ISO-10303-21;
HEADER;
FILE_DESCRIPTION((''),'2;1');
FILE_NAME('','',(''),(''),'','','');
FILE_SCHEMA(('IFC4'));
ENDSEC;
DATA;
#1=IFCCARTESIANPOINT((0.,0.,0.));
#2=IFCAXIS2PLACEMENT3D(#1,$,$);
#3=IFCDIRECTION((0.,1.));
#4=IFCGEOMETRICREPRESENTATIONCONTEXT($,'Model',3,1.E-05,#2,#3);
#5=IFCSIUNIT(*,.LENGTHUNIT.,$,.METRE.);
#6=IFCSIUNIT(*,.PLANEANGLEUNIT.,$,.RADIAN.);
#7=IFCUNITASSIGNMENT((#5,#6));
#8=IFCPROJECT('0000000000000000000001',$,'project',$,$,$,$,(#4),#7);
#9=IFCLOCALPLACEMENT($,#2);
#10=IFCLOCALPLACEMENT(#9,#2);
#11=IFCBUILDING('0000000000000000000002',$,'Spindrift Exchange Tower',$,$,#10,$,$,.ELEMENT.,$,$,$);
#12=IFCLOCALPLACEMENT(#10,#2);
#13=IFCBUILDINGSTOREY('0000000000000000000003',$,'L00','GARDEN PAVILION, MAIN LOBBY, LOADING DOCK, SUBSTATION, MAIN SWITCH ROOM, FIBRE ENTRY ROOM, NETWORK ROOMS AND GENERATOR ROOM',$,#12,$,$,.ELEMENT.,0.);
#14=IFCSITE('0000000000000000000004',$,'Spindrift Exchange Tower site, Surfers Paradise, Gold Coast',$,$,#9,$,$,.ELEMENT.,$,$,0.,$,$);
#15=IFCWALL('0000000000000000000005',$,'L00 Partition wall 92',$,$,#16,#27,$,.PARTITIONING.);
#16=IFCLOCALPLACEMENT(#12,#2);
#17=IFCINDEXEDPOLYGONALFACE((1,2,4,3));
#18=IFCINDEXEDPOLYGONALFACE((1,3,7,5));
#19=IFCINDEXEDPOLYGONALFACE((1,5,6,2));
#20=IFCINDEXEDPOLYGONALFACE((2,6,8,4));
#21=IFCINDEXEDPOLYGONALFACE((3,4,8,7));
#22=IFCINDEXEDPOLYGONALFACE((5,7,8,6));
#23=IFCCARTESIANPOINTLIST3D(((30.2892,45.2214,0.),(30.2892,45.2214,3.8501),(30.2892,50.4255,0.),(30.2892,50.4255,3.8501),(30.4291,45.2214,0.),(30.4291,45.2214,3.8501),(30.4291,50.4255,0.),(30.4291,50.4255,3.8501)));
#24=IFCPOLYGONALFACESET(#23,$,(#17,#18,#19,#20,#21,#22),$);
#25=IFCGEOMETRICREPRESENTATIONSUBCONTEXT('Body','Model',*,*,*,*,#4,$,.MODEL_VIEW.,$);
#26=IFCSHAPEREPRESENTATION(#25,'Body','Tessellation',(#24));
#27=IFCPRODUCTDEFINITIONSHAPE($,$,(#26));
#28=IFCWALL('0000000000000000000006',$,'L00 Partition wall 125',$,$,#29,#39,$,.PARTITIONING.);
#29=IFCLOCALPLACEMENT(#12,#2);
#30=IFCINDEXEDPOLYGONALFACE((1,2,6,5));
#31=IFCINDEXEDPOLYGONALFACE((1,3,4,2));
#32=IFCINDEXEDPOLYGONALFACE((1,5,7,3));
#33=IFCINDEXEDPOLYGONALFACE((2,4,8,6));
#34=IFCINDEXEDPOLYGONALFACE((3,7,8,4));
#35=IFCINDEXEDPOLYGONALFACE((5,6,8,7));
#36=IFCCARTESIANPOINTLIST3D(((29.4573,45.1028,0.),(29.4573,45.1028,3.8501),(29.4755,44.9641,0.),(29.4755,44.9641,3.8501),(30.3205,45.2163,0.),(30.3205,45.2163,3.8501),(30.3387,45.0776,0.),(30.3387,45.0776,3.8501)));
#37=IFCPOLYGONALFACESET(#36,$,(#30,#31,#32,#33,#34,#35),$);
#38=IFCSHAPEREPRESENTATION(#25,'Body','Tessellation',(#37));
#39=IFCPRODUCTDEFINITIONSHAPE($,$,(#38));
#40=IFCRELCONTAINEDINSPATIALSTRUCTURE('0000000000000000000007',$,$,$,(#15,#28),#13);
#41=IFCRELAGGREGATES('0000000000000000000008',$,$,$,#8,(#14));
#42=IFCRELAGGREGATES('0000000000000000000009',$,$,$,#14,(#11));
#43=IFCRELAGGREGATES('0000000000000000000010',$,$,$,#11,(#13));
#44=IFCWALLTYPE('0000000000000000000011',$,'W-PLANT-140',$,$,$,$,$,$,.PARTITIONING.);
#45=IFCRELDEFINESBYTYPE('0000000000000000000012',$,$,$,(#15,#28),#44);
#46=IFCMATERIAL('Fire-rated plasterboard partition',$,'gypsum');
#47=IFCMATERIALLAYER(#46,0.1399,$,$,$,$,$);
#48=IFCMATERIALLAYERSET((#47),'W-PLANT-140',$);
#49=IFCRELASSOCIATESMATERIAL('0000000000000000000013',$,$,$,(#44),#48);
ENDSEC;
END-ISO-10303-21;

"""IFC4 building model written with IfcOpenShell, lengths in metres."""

from ifc_helpers import new_model, si_unit, direction, frame, frame_2d, origin, place, context, subcontext, project, spatial, rectangle, extrude, material, layer, layer_set, type_object, element, save


model = new_model("IFC4")

# Units and contexts
model_context = context("Model", 3, precision=1e-05, world=origin(), true_north=direction((0.0, 1.0)))
body_context = subcontext(model_context, "Body", "Model", "MODEL_VIEW")
ifc_project = project(units=[si_unit("LENGTHUNIT", "METRE"), si_unit("PLANEANGLEUNIT", "RADIAN")], contexts=[model_context])

# Site, building, storey
site_placement = place(None, origin())
site = spatial("IfcSite", under=ifc_project, at=site_placement, Name="Spindrift Exchange Tower site, Surfers Paradise, Gold Coast", CompositionType="ELEMENT", RefElevation=0.0)
building_placement = place(site_placement, origin())
building = spatial("IfcBuilding", under=site, at=building_placement, Name="Spindrift Exchange Tower", CompositionType="ELEMENT")
storey_placement = place(building_placement, origin())
storey = spatial("IfcBuildingStorey", under=building, at=storey_placement, Name="L00", Description="GARDEN PAVILION, MAIN LOBBY, LOADING DOCK, SUBSTATION, MAIN SWITCH ROOM, FIBRE ENTRY ROOM, NETWORK ROOMS AND GENERATOR ROOM", CompositionType="ELEMENT", Elevation=0.0)

# Walls
ifc_material_1 = material(Name="Fire-rated plasterboard partition", Category="gypsum")
ifc_layer_1 = layer(ifc_material_1, 0.1399)
ifc_layer_set_1 = layer_set([ifc_layer_1], Name="W-PLANT-140")
wall_type_1 = type_object("IfcWallType", Name="W-PLANT-140", PredefinedType="PARTITIONING", material=ifc_layer_set_1)
wall_1_placement = place(storey_placement, frame((30.3591, 50.4255, 0.0), z_axis=(0.0, 0.0, 1.0), x_axis=(0.0, -1.0, 0.0)))
element("IfcWall", 1, at=wall_1_placement, inside=storey, type_object=wall_type_1, Name="L00 Partition wall 92", PredefinedType="PARTITIONING", context=body_context, shape_type="SweptSolid", body=[
    extrude(rectangle(XDim=5.2041, YDim=0.1399, at=frame_2d((2.6021, 0.0))), origin(), (0.0, 0.0, 1.0), 3.8501),
])
wall_2_placement = place(storey_placement, frame((30.3296, 45.147, 0.0), z_axis=(0.0, 0.0, 1.0), x_axis=(-0.991464, -0.130382, 0.0)))
element("IfcWall", 2, at=wall_2_placement, inside=storey, type_object=wall_type_1, Name="L00 Partition wall 125", PredefinedType="PARTITIONING", context=body_context, shape_type="SweptSolid", body=[
    extrude(rectangle(XDim=0.8706, YDim=0.1399, at=frame_2d((0.4353, 0.0))), origin(), (0.0, 0.0, 1.0), 3.8501),
])

save(model, "model.ifc")
